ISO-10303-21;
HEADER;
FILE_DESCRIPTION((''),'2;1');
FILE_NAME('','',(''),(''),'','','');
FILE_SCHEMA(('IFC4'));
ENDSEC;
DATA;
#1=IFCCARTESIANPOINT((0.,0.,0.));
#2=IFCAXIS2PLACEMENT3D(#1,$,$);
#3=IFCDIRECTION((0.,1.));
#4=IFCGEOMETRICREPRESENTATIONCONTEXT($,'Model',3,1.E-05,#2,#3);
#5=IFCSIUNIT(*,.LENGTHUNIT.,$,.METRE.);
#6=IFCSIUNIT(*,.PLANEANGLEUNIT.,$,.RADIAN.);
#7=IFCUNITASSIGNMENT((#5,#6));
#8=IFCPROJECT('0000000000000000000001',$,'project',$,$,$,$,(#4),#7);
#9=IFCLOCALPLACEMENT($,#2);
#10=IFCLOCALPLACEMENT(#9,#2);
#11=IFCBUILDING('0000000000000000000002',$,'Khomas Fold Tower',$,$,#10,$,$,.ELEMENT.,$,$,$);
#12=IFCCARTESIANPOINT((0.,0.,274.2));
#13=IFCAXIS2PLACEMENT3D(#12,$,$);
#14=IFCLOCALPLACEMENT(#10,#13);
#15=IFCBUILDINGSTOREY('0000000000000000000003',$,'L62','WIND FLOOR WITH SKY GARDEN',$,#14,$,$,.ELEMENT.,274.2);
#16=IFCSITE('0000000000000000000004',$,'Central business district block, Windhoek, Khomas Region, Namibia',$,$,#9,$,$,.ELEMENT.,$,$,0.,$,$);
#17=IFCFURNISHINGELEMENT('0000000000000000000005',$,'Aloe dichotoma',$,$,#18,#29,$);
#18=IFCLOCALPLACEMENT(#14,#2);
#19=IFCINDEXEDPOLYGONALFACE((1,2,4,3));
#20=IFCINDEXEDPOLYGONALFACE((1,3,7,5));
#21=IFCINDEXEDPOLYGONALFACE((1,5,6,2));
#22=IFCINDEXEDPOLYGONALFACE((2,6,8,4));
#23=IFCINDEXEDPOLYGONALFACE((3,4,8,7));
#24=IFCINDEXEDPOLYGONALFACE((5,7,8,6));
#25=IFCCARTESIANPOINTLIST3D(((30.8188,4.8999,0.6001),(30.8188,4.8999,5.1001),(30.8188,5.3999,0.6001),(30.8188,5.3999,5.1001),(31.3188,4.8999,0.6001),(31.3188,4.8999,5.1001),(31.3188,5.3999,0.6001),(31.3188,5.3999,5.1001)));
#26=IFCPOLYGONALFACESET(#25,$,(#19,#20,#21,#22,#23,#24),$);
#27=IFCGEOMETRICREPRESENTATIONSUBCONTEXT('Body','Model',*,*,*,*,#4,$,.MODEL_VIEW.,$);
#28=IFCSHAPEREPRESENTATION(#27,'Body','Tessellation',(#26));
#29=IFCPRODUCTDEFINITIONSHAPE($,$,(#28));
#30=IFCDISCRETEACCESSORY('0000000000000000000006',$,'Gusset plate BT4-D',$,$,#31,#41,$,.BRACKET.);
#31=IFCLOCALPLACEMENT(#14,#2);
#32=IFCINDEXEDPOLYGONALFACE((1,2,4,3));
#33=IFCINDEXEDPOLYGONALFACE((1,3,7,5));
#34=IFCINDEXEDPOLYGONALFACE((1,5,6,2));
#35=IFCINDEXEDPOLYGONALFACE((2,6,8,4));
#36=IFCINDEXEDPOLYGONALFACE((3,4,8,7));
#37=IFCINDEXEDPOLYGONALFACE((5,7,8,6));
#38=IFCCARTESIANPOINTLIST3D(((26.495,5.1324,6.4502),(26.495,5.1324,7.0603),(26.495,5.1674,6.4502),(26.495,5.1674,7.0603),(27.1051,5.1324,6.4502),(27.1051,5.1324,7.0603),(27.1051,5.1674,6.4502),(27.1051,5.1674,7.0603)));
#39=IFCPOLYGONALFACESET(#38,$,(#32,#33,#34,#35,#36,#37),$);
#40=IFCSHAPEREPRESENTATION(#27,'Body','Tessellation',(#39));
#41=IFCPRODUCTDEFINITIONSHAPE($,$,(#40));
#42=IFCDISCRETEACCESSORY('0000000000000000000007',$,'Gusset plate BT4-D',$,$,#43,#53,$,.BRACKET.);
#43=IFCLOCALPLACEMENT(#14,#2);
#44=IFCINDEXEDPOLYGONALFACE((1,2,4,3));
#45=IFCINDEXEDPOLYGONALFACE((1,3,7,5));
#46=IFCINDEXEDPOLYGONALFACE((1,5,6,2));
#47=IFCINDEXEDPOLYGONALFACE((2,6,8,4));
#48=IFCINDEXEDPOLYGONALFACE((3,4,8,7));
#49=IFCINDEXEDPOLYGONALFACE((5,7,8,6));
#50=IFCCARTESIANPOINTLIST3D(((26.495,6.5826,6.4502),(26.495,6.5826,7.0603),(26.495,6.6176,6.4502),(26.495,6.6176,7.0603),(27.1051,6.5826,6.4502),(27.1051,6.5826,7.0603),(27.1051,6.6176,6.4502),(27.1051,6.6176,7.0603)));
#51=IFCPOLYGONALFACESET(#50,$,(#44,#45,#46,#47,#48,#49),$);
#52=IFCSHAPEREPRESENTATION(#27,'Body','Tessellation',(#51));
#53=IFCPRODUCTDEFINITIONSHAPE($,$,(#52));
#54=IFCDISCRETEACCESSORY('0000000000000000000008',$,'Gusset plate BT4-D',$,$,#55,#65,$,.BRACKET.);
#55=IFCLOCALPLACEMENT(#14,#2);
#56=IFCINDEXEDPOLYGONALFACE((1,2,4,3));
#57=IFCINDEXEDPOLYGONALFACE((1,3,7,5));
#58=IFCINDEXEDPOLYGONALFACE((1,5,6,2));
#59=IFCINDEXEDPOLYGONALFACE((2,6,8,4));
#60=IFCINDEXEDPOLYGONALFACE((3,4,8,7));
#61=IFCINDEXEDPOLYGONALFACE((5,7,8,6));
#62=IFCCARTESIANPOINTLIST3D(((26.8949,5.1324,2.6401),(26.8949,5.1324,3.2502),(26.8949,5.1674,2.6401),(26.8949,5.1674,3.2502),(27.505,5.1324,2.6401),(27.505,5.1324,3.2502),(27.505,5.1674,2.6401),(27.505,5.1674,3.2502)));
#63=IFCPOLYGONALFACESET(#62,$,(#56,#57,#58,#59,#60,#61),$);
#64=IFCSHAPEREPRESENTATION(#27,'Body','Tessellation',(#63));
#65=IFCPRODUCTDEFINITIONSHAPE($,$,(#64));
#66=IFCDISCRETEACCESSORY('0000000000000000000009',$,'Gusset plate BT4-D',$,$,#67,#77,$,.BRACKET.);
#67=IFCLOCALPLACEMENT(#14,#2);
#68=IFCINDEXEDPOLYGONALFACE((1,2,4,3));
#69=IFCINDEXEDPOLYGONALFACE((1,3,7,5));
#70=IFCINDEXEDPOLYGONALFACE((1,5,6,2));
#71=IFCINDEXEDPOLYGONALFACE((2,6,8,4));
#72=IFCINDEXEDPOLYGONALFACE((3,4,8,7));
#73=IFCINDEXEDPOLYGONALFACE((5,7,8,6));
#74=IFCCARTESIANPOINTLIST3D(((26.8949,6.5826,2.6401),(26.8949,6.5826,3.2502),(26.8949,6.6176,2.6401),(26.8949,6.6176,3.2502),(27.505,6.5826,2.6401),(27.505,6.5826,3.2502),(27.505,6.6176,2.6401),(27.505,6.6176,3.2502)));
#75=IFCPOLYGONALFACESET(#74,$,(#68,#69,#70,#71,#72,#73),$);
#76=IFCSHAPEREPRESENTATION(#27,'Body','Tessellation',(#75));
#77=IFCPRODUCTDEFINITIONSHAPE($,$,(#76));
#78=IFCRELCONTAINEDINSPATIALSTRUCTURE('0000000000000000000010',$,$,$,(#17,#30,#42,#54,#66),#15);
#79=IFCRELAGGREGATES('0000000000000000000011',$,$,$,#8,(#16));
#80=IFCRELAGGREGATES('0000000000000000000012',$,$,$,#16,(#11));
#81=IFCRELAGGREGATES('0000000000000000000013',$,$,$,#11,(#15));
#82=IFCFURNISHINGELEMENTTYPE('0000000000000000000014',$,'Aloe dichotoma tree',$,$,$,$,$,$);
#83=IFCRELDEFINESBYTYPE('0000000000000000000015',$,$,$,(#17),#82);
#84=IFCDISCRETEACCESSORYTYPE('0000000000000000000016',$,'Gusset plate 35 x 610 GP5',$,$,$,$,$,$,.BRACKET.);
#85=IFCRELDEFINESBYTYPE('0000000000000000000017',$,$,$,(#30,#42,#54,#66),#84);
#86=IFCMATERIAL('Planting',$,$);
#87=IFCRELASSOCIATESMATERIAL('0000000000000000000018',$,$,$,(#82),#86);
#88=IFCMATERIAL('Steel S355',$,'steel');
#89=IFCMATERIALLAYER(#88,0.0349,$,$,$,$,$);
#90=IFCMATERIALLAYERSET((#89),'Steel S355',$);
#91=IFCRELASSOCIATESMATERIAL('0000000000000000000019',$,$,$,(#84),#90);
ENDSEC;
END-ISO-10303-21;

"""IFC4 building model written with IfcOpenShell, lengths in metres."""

from ifc_helpers import new_model, si_unit, direction, frame, origin, origin_2d, place, context, subcontext, project, spatial, rectangle, extrude, source, transform, mapped, material, layer, layer_set, type_object, element, save


model = new_model("IFC4")

# Units and contexts
model_context = context("Model", 3, precision=1e-05, world=origin(), true_north=direction((0.0, 1.0)))
body_context = subcontext(model_context, "Body", "Model", "MODEL_VIEW")
ifc_project = project(units=[si_unit("LENGTHUNIT", "METRE"), si_unit("PLANEANGLEUNIT", "RADIAN")], contexts=[model_context])

# Site, building, storey
site_placement = place(None, origin())
site = spatial("IfcSite", under=ifc_project, at=site_placement, Name="Central business district block, Windhoek, Khomas Region, Namibia", CompositionType="ELEMENT", RefElevation=0.0)
building_placement = place(site_placement, origin())
building = spatial("IfcBuilding", under=site, at=building_placement, Name="Khomas Fold Tower", CompositionType="ELEMENT")
storey_placement = place(building_placement, frame((0.0, 0.0, 274.2)))
storey = spatial("IfcBuildingStorey", under=building, at=storey_placement, Name="L62", Description="WIND FLOOR WITH SKY GARDEN", CompositionType="ELEMENT", Elevation=274.2)

# Furnishing element
ifc_material_1 = material(Name="Planting")
furnishing_element_type_1 = type_object("IfcFurnishingElementType", Name="Aloe dichotoma tree", material=ifc_material_1)
shared_shape_1 = source(origin(), body_context, "Body", "SweptSolid", [
    extrude(rectangle(XDim=0.5, YDim=0.5, at=origin_2d()), origin(), (0.0, 0.0, 1.0), 4.5),
])
furnishing_1_placement = place(storey_placement, frame((31.0688, 5.1499, 0.6001), z_axis=(0.0, 0.0, 1.0), x_axis=(1.0, 0.0, 0.0)))
element("IfcFurnishingElement", 1, at=furnishing_1_placement, inside=storey, type_object=furnishing_element_type_1, Name="Aloe dichotoma", context=body_context, shape_type="MappedRepresentation", body=[
    mapped(shared_shape_1, transform((0.0, 0.0, 0.0))),
])

# Discrete accessories
ifc_material_2 = material(Name="Steel S355", Category="steel")
ifc_layer_1 = layer(ifc_material_2, 0.0349)
ifc_layer_set_1 = layer_set([ifc_layer_1], Name="Steel S355")
discrete_accessory_type = type_object("IfcDiscreteAccessoryType", Name="Gusset plate 35 x 610 GP5", PredefinedType="BRACKET", material=ifc_layer_set_1)
shared_shape_2 = source(origin(), body_context, "Body", "SweptSolid", [
    extrude(rectangle(XDim=0.6101, YDim=0.0349, at=origin_2d()), origin(), (0.0, 0.0, 1.0), 0.6101),
])
for number, where, z_axis, x_axis, name in (
    (2, (26.8, 5.1499, 6.4502), (0.0, 0.0, 1.0), (1.0, 0.0, 0.0), "Gusset plate BT4-D"),
    (3, (26.8, 6.6001, 6.4502), (0.0, 0.0, 1.0), (1.0, 0.0, 0.0), "Gusset plate BT4-D"),
    (4, (27.2, 5.1499, 2.6401), (0.0, 0.0, 1.0), (1.0, 0.0, 0.0), "Gusset plate BT4-D"),
    (5, (27.2, 6.6001, 2.6401), (0.0, 0.0, 1.0), (1.0, 0.0, 0.0), "Gusset plate BT4-D"),
):
    element("IfcDiscreteAccessory", number, at=place(storey_placement, frame(where, z_axis=z_axis, x_axis=x_axis)), inside=storey, type_object=discrete_accessory_type, Name=name, PredefinedType="BRACKET", context=body_context, shape_type="MappedRepresentation", body=[
        mapped(shared_shape_2, transform((0.0, 0.0, 0.0))),
    ])

save(model, "model.ifc")
